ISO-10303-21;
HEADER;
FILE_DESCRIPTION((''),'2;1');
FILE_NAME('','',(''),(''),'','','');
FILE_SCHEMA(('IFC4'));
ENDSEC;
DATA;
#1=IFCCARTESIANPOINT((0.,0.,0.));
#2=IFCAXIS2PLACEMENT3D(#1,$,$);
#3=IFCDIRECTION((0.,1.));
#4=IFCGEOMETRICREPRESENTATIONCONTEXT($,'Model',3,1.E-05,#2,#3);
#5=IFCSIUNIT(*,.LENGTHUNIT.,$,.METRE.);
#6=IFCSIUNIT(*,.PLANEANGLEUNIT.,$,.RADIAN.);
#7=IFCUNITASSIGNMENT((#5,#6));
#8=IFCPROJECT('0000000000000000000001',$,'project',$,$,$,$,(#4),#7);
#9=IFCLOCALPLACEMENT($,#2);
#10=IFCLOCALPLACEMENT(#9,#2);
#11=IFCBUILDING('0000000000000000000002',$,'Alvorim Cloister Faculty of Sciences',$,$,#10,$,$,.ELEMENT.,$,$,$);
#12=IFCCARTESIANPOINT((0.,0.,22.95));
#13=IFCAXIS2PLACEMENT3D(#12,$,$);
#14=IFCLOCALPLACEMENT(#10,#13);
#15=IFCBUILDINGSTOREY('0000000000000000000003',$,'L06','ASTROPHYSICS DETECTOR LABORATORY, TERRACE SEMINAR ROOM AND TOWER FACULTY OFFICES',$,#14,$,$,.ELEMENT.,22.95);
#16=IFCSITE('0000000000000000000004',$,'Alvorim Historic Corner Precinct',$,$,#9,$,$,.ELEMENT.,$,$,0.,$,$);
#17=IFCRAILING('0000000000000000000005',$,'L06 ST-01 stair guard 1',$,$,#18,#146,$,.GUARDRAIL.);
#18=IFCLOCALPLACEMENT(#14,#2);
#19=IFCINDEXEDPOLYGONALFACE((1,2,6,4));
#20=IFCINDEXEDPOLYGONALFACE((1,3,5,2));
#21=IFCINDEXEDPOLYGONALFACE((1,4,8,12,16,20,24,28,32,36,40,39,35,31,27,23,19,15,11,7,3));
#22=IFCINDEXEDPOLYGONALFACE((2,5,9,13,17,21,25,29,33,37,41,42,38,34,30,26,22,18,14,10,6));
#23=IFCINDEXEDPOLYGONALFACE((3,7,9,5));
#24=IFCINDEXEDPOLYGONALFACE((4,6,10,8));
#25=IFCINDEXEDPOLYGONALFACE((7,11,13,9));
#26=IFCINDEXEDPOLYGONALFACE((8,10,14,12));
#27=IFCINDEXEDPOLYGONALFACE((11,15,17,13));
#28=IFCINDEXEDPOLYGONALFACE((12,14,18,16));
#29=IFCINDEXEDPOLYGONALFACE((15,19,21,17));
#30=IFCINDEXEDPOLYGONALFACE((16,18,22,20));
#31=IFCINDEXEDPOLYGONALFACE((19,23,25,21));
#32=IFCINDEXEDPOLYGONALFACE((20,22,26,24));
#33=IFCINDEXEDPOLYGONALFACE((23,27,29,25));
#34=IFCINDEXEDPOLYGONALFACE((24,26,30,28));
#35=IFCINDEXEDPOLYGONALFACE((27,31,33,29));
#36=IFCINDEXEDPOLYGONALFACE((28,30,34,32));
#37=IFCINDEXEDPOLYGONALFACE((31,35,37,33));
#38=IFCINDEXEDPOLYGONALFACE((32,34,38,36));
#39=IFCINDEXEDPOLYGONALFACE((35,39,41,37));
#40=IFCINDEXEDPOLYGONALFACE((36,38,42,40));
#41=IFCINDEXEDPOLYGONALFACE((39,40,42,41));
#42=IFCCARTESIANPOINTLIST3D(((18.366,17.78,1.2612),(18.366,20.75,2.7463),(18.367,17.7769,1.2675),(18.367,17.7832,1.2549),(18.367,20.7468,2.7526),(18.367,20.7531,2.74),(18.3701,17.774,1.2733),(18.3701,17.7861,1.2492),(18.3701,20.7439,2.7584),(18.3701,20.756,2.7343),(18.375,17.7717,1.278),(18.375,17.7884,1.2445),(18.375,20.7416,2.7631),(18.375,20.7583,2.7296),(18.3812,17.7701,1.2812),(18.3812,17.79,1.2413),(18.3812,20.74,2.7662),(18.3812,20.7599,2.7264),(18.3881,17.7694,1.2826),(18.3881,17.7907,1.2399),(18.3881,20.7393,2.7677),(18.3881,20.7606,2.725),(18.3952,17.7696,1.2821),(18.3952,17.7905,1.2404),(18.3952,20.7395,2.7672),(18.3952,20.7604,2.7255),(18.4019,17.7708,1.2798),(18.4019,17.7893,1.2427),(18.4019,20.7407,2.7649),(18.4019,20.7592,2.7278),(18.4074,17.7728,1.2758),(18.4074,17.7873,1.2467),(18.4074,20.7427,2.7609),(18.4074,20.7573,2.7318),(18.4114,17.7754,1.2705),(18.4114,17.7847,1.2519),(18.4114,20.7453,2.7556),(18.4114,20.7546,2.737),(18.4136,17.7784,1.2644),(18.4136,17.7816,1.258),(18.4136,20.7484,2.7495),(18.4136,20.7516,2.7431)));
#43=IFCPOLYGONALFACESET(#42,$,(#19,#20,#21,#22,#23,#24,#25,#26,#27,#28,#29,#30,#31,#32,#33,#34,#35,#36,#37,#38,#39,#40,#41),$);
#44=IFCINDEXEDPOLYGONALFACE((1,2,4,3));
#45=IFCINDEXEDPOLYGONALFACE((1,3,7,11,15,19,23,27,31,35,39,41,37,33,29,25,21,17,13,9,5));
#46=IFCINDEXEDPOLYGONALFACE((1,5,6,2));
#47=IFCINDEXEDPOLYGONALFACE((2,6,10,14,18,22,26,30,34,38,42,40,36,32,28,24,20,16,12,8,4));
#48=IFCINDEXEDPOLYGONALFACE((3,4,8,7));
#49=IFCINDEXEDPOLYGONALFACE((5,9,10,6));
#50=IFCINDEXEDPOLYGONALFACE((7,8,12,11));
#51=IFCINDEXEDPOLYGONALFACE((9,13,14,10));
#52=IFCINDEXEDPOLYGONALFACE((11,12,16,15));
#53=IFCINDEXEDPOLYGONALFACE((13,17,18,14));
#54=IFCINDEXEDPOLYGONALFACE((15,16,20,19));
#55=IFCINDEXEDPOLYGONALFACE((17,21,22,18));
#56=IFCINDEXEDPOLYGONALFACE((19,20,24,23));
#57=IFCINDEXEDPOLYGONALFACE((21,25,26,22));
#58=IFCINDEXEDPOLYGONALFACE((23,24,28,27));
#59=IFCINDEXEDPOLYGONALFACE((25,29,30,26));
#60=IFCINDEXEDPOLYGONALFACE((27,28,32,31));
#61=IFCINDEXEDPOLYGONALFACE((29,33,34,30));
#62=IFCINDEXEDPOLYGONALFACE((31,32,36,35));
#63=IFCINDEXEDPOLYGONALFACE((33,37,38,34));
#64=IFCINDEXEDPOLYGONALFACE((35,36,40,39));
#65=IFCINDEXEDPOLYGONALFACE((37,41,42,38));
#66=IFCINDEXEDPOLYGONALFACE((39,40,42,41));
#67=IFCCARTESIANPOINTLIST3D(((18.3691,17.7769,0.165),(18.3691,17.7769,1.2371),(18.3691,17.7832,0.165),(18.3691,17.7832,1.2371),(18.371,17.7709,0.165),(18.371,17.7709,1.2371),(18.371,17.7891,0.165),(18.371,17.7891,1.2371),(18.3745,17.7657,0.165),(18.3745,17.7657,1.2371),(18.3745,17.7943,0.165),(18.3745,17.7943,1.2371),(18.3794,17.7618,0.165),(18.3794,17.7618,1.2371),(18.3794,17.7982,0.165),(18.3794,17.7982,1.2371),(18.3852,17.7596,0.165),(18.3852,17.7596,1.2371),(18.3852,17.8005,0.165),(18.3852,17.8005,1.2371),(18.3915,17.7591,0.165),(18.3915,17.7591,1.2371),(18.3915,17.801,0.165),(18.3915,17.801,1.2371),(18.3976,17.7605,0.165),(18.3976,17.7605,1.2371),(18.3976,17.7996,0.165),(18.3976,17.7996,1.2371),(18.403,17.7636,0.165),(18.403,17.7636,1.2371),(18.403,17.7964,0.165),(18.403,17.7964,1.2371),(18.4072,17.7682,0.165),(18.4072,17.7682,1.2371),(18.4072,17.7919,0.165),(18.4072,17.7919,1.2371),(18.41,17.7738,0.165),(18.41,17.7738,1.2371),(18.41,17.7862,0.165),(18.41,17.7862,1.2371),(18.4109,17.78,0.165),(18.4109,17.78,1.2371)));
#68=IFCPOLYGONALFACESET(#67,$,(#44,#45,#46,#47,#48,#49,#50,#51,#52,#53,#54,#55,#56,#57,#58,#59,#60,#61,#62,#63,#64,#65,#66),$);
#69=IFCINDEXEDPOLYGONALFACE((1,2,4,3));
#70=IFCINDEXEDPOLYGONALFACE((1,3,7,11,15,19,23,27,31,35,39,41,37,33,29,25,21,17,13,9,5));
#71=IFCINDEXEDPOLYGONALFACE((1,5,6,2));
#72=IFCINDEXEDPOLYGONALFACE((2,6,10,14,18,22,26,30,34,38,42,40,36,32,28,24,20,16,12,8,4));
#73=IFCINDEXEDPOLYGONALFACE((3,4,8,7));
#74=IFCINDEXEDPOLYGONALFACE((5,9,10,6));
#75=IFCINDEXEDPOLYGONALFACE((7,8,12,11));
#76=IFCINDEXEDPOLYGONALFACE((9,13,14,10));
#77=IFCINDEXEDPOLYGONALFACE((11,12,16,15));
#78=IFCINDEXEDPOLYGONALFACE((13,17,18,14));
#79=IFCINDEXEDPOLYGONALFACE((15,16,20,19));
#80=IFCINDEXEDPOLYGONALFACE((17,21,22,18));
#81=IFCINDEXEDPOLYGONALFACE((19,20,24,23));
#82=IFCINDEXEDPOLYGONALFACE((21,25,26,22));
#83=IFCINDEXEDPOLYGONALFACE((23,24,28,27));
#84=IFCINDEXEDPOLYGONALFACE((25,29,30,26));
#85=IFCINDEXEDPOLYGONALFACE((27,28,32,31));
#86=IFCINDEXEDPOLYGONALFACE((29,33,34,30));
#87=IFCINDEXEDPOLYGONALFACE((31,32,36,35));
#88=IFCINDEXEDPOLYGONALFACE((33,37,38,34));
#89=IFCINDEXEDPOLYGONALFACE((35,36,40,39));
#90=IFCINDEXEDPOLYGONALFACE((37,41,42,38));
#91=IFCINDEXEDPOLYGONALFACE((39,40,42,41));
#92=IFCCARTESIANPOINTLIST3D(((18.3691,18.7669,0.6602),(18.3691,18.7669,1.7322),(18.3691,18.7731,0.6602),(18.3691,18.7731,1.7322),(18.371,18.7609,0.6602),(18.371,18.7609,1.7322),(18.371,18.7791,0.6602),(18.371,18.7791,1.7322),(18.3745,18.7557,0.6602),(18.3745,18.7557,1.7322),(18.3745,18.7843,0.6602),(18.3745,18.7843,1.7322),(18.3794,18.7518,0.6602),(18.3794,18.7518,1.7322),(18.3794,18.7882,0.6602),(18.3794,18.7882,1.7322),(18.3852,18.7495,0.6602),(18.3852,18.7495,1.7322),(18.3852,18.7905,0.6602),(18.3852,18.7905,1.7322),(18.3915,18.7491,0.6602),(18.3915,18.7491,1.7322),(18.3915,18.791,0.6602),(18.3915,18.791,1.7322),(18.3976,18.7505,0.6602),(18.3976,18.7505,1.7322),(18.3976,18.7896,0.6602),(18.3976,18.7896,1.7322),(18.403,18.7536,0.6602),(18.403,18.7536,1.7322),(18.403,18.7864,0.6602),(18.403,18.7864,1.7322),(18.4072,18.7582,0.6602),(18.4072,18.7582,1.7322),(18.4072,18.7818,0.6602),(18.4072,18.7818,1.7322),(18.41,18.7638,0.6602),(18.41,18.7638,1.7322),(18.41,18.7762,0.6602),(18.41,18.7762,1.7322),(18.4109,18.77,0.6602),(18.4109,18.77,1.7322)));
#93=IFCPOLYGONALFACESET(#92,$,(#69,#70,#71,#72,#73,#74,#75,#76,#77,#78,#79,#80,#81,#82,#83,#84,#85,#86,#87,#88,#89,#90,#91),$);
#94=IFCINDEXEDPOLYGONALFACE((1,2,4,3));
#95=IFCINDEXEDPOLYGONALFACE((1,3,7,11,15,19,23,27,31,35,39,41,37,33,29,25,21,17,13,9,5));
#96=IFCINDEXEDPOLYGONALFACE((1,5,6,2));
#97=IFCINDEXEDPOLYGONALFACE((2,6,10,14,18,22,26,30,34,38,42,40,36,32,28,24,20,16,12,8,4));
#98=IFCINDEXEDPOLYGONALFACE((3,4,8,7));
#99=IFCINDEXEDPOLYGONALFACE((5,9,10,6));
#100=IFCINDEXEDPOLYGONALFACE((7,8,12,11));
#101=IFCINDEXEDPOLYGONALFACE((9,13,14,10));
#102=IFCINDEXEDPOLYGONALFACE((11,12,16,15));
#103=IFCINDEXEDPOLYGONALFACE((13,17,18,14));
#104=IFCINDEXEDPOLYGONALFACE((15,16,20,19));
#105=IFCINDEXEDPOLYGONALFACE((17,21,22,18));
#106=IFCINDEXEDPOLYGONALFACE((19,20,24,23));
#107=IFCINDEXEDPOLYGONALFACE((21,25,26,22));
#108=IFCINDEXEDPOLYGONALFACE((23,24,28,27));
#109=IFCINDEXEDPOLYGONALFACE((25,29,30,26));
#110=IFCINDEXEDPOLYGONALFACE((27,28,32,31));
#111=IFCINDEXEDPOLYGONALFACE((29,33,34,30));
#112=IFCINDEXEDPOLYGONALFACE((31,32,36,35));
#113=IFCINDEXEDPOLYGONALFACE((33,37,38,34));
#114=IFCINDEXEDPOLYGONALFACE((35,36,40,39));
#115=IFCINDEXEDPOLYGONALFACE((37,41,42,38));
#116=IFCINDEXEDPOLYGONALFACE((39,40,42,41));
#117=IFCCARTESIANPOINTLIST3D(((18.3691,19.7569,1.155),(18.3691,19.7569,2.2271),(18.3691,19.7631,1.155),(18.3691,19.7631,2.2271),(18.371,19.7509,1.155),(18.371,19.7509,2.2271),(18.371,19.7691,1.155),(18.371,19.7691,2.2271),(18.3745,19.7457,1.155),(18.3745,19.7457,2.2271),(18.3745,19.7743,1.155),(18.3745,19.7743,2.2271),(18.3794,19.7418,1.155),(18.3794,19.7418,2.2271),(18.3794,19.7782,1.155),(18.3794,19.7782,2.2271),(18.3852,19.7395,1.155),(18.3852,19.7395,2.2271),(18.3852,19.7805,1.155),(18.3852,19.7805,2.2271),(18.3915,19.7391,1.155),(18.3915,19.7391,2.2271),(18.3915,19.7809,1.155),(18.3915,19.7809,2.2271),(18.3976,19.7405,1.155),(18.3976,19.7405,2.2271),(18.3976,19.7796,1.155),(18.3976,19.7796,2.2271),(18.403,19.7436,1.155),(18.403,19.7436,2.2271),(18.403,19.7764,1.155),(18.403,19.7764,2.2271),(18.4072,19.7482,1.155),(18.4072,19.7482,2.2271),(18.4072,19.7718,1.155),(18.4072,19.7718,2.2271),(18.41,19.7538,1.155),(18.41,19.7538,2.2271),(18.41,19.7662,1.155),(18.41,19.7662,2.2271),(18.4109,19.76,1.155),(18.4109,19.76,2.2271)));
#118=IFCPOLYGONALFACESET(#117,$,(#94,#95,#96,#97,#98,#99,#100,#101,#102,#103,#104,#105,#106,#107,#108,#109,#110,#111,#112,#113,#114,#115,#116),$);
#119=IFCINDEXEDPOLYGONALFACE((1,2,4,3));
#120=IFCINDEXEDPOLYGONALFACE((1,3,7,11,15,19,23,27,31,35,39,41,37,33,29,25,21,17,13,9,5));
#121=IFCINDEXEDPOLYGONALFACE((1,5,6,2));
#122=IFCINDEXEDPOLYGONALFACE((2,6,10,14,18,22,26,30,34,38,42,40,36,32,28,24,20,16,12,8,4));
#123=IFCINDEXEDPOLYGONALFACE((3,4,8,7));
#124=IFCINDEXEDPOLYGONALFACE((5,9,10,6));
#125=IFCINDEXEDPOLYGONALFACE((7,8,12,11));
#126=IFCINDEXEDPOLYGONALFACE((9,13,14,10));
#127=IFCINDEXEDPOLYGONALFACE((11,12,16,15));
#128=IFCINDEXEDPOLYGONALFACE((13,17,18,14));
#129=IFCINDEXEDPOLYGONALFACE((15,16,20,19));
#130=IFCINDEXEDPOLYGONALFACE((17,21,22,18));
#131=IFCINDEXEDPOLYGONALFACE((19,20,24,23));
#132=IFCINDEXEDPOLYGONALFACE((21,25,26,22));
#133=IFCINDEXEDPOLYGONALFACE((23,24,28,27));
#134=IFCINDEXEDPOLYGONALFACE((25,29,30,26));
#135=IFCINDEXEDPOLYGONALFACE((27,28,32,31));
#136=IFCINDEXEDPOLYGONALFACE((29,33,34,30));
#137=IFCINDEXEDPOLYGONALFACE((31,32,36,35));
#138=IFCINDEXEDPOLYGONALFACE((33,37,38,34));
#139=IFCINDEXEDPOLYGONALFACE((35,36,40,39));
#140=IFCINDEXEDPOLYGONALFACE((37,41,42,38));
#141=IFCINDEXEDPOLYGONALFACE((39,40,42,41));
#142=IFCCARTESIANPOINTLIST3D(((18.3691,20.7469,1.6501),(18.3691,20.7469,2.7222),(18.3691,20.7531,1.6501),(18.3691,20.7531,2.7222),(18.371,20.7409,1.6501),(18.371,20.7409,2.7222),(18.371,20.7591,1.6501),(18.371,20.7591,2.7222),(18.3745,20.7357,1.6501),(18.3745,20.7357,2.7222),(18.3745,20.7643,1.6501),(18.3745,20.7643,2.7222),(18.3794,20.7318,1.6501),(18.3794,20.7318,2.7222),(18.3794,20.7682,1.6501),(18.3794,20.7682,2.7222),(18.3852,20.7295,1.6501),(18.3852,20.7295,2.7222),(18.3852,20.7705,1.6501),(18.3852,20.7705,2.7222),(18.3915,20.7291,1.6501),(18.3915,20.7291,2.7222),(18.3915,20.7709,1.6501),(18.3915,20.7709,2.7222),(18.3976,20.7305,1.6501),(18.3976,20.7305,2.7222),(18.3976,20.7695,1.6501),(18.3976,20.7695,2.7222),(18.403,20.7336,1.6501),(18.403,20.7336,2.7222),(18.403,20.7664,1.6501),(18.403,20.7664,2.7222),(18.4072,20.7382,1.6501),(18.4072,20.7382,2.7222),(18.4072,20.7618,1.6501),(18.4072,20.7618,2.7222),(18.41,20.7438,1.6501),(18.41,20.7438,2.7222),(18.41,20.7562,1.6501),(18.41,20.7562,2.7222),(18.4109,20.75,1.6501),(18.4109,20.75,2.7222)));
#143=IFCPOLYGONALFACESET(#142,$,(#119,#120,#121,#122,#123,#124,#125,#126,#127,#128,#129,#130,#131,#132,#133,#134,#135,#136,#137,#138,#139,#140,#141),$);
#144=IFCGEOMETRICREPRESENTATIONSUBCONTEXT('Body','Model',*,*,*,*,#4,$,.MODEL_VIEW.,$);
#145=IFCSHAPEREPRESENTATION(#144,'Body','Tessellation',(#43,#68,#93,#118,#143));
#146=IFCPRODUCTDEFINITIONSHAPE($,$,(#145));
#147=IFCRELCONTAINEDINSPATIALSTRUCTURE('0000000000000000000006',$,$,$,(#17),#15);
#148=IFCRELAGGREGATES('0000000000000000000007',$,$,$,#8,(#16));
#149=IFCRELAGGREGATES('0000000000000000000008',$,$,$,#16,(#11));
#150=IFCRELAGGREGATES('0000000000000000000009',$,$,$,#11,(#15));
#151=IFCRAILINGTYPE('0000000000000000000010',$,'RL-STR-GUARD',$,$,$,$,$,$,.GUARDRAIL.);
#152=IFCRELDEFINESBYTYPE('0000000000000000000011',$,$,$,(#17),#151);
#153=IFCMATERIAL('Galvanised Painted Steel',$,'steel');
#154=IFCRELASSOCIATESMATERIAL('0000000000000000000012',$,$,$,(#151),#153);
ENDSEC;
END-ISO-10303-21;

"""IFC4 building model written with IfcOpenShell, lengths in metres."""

from ifc_helpers import new_model, si_unit, direction, frame, origin, origin_2d, place, context, subcontext, project, spatial, circle, extrude, material, type_object, element, save


model = new_model("IFC4")

# Units and contexts
model_context = context("Model", 3, precision=1e-05, world=origin(), true_north=direction((0.0, 1.0)))
body_context = subcontext(model_context, "Body", "Model", "MODEL_VIEW")
ifc_project = project(units=[si_unit("LENGTHUNIT", "METRE"), si_unit("PLANEANGLEUNIT", "RADIAN")], contexts=[model_context])

# Site, building, storey
site_placement = place(None, origin())
site = spatial("IfcSite", under=ifc_project, at=site_placement, Name="Alvorim Historic Corner Precinct", CompositionType="ELEMENT", RefElevation=0.0)
building_placement = place(site_placement, origin())
building = spatial("IfcBuilding", under=site, at=building_placement, Name="Alvorim Cloister Faculty of Sciences", CompositionType="ELEMENT")
storey_placement = place(building_placement, frame((0.0, 0.0, 22.95)))
storey = spatial("IfcBuildingStorey", under=building, at=storey_placement, Name="L06", Description="ASTROPHYSICS DETECTOR LABORATORY, TERRACE SEMINAR ROOM AND TOWER FACULTY OFFICES", CompositionType="ELEMENT", Elevation=22.95)

# Railing
ifc_material_1 = material(Name="Galvanised Painted Steel", Category="steel")
railing_type_1 = type_object("IfcRailingType", Name="RL-STR-GUARD", PredefinedType="GUARDRAIL", material=ifc_material_1)
railing_1_placement = place(storey_placement, frame((18.3899, 17.78, 0.165)))
element("IfcRailing", 1, at=railing_1_placement, inside=storey, type_object=railing_type_1, Name="L06 ST-01 stair guard 1", PredefinedType="GUARDRAIL", context=body_context, shape_type="SweptSolid", body=[
    extrude(circle(Radius=0.0239, at=origin_2d()), frame((0.0, 0.0, 1.0962), z_axis=(0.0, 0.894412, 0.447243), x_axis=(-1.0, 0.0, 0.0)), (0.0, 0.0, 1.0), 3.3206),
    extrude(circle(Radius=0.021, at=origin_2d()), origin(), (0.0, 0.0, 1.0), 1.072),
    extrude(circle(Radius=0.021, at=origin_2d()), frame((0.0, 0.99, 0.4951)), (0.0, 0.0, 1.0), 1.072),
    extrude(circle(Radius=0.021, at=origin_2d()), frame((0.0, 1.98, 0.99)), (0.0, 0.0, 1.0), 1.072),
    extrude(circle(Radius=0.021, at=origin_2d()), frame((0.0, 2.97, 1.4851)), (0.0, 0.0, 1.0), 1.072),
])

save(model, "model.ifc")
